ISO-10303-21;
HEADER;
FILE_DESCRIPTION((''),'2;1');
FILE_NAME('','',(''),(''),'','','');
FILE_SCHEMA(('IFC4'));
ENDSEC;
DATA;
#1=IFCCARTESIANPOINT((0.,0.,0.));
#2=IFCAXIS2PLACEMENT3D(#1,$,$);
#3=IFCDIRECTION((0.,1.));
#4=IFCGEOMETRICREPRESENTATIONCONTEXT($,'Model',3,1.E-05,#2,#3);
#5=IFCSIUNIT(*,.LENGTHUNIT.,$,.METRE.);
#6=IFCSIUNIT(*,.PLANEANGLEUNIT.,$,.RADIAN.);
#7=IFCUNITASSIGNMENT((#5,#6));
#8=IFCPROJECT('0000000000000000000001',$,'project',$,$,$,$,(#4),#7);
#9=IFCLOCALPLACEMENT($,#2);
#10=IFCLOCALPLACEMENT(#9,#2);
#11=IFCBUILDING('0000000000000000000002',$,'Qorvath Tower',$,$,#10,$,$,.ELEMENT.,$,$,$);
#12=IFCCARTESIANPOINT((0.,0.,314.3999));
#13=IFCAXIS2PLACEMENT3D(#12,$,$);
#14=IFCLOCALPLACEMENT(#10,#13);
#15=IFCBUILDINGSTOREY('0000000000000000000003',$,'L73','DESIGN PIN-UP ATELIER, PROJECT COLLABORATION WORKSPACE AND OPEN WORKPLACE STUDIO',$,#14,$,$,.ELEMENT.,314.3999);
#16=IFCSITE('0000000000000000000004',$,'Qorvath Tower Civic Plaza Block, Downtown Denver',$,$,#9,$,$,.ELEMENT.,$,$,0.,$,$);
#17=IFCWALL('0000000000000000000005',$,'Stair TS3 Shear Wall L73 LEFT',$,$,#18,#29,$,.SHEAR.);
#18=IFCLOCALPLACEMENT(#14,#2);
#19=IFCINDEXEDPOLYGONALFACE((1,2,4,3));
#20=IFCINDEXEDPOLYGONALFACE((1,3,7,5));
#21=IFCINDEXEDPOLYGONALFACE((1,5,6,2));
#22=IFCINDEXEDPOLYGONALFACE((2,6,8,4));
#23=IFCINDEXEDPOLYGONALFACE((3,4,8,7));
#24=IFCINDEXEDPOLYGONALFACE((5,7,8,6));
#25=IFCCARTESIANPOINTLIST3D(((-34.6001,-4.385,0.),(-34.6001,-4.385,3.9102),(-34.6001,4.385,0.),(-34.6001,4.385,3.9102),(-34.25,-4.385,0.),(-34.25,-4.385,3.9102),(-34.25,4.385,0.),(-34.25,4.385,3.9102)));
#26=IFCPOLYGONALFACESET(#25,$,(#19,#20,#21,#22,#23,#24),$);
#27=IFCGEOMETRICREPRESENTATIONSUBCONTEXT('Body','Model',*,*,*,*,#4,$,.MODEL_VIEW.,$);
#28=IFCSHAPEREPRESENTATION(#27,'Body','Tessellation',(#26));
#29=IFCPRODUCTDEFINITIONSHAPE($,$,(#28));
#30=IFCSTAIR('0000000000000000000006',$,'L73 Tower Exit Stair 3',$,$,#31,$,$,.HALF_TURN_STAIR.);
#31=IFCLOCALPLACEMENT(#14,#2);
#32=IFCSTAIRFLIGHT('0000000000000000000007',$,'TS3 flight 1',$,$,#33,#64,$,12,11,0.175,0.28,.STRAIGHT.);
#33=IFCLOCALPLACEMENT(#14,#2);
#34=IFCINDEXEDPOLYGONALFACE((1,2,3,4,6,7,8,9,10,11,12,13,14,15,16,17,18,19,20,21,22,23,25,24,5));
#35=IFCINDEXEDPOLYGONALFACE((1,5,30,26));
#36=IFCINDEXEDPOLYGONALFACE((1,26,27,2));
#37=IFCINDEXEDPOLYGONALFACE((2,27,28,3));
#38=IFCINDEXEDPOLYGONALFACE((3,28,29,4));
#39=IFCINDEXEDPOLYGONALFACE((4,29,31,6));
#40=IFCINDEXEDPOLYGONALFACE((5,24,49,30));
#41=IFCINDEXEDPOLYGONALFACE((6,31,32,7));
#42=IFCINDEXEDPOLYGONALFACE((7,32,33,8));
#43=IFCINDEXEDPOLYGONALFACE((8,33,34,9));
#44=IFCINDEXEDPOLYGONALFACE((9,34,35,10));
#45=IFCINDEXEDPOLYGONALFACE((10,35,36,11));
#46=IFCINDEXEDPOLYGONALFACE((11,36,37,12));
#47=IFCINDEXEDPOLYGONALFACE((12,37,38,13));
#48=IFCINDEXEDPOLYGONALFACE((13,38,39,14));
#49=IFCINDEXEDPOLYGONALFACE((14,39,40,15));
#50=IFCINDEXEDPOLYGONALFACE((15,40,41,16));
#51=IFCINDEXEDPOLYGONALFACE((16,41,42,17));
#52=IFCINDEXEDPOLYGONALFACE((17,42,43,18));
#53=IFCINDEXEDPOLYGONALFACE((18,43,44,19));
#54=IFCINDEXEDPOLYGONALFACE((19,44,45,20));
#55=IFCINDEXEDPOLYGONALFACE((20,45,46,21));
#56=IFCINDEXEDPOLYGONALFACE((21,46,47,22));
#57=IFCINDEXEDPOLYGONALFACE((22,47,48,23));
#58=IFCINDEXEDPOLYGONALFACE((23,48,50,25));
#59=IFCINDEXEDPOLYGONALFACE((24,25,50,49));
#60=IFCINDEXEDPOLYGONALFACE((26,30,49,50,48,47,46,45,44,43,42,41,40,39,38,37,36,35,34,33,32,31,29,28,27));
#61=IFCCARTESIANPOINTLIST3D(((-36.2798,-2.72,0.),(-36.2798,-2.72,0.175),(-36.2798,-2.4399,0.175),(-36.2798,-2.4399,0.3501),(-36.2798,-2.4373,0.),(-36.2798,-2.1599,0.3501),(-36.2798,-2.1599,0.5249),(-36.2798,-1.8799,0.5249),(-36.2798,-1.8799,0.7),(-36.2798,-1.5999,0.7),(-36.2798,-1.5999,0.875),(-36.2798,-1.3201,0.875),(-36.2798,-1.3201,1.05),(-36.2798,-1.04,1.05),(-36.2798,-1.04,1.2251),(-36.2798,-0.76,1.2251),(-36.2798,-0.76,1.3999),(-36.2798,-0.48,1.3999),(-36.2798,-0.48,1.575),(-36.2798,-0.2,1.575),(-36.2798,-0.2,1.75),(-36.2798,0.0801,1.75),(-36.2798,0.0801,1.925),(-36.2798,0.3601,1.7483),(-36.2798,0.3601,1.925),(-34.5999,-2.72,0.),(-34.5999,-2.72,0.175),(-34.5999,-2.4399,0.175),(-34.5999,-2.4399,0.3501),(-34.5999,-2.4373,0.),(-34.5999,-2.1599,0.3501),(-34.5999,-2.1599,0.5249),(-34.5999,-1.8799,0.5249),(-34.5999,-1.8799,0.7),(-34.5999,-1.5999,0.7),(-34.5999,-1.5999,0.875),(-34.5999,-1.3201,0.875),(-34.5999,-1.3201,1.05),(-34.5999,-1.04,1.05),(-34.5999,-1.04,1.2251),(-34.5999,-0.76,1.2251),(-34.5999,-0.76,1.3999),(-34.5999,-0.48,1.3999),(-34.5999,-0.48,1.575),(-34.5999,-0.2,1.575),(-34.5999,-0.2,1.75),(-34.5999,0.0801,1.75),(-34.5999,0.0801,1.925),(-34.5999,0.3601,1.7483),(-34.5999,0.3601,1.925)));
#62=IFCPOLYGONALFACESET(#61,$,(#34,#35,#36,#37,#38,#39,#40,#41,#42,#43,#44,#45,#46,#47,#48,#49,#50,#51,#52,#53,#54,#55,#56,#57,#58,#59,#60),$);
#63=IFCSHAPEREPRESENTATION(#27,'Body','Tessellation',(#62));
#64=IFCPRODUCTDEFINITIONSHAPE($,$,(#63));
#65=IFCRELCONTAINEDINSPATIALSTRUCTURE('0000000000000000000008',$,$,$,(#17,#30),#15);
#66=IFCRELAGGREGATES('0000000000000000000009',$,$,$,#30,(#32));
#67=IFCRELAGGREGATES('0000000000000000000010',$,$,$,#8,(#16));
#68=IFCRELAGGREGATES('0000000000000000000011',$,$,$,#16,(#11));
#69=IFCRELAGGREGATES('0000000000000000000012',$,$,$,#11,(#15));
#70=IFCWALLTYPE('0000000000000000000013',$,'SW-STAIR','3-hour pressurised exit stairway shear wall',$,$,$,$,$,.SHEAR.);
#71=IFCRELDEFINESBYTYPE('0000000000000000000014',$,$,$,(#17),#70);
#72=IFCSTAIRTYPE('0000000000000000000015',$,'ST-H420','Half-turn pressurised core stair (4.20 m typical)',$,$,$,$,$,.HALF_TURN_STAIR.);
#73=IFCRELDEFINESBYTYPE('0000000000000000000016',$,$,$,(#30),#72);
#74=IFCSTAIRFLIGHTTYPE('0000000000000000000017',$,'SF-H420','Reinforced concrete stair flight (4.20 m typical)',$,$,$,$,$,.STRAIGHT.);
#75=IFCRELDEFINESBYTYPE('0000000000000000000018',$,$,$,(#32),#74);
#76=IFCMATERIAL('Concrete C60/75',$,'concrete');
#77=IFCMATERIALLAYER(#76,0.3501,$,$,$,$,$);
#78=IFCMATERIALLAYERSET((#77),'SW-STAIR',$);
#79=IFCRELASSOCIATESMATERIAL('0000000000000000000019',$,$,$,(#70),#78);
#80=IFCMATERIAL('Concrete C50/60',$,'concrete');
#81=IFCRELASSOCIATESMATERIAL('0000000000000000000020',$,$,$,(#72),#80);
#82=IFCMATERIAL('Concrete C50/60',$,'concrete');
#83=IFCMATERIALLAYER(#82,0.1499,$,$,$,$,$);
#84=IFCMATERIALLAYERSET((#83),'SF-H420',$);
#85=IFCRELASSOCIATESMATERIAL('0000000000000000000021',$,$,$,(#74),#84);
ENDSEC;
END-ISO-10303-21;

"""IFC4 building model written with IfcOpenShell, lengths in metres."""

from ifc_helpers import new_model, si_unit, direction, frame, frame_2d, origin, place, context, subcontext, project, spatial, polyline, rectangle, outline, extrude, material, layer, layer_set, type_object, element, aggregate, save


model = new_model("IFC4")

# Units and contexts
model_context = context("Model", 3, precision=1e-05, world=origin(), true_north=direction((0.0, 1.0)))
body_context = subcontext(model_context, "Body", "Model", "MODEL_VIEW")
ifc_project = project(units=[si_unit("LENGTHUNIT", "METRE"), si_unit("PLANEANGLEUNIT", "RADIAN")], contexts=[model_context])

# Site, building, storey
site_placement = place(None, origin())
site = spatial("IfcSite", under=ifc_project, at=site_placement, Name="Qorvath Tower Civic Plaza Block, Downtown Denver", CompositionType="ELEMENT", RefElevation=0.0)
building_placement = place(site_placement, origin())
building = spatial("IfcBuilding", under=site, at=building_placement, Name="Qorvath Tower", CompositionType="ELEMENT")
storey_placement = place(building_placement, frame((0.0, 0.0, 314.3999)))
storey = spatial("IfcBuildingStorey", under=building, at=storey_placement, Name="L73", Description="DESIGN PIN-UP ATELIER, PROJECT COLLABORATION WORKSPACE AND OPEN WORKPLACE STUDIO", CompositionType="ELEMENT", Elevation=314.3999)

# Wall
ifc_material_1 = material(Name="Concrete C60/75", Category="concrete")
ifc_layer_1 = layer(ifc_material_1, 0.3501)
ifc_layer_set_1 = layer_set([ifc_layer_1], Name="SW-STAIR")
wall_type_1 = type_object("IfcWallType", Name="SW-STAIR", Description="3-hour pressurised exit stairway shear wall", PredefinedType="SHEAR", material=ifc_layer_set_1)
wall_1_placement = place(storey_placement, frame((-34.425, -4.385, 0.0), z_axis=(0.0, 0.0, 1.0), x_axis=(0.0, 1.0, 0.0)))
element("IfcWall", 1, at=wall_1_placement, inside=storey, type_object=wall_type_1, Name="Stair TS3 Shear Wall L73 LEFT", PredefinedType="SHEAR", context=body_context, shape_type="SweptSolid", body=[
    extrude(rectangle(XDim=8.77, YDim=0.3501, at=frame_2d((4.385, 0.0))), origin(), (0.0, 0.0, 1.0), 3.9102),
])

# Stair, stair flight
ifc_material_2 = material(Name="Concrete C50/60", Category="concrete")
stair_type = type_object("IfcStairType", Name="ST-H420", Description="Half-turn pressurised core stair (4.20 m typical)", PredefinedType="HALF_TURN_STAIR", material=ifc_material_2)
stair_placement = place(storey_placement, origin())
stair = element("IfcStair", 2, at=stair_placement, inside=storey, type_object=stair_type, Name="L73 Tower Exit Stair 3", PredefinedType="HALF_TURN_STAIR")
ifc_material_3 = material(Name="Concrete C50/60", Category="concrete")
ifc_layer_2 = layer(ifc_material_3, 0.1499)
ifc_layer_set_2 = layer_set([ifc_layer_2], Name="SF-H420")
stair_flight_type = type_object("IfcStairFlightType", Name="SF-H420", Description="Reinforced concrete stair flight (4.20 m typical)", PredefinedType="STRAIGHT", material=ifc_layer_set_2)
stair_flight_placement = place(storey_placement, frame((-35.4399, -2.72, 0.0), z_axis=(0.0, 0.0, 1.0), x_axis=(0.0, 1.0, 0.0)))
stair_flight = element("IfcStairFlight", 3, at=stair_flight_placement, type_object=stair_flight_type, Name="TS3 flight 1", NumberOfRisers=12, NumberOfTreads=11, PredefinedType="STRAIGHT", RiserHeight=0.175, TreadLength=0.28, context=body_context, shape_type="SweptSolid", body=[
    extrude(outline(polyline([(0.0, 0.0), (0.0, 0.175), (0.28, 0.175), (0.28, 0.3501), (0.5601, 0.3501), (0.5601, 0.5249), (0.8401, 0.5249), (0.8401, 0.7), (1.1201, 0.7), (1.1201, 0.875), (1.3999, 0.875), (1.3999, 1.05), (1.6799, 1.05), (1.6799, 1.2251), (1.96, 1.2251), (1.96, 1.3999), (2.24, 1.3999), (2.24, 1.575), (2.52, 1.575), (2.52, 1.75), (2.8, 1.75), (2.8, 1.925), (3.0801, 1.925), (3.0801, 2.1001), (3.0801, 1.7483), (0.2827, 0.0), (0.0, 0.0)])), frame((0.0, 0.8398, 0.0), z_axis=(0.0, -1.0, 0.0), x_axis=(1.0, 0.0, 0.0)), (0.0, 0.0, 1.0), 1.6799),
])
aggregate(stair, [stair_flight])

save(model, "model.ifc")
